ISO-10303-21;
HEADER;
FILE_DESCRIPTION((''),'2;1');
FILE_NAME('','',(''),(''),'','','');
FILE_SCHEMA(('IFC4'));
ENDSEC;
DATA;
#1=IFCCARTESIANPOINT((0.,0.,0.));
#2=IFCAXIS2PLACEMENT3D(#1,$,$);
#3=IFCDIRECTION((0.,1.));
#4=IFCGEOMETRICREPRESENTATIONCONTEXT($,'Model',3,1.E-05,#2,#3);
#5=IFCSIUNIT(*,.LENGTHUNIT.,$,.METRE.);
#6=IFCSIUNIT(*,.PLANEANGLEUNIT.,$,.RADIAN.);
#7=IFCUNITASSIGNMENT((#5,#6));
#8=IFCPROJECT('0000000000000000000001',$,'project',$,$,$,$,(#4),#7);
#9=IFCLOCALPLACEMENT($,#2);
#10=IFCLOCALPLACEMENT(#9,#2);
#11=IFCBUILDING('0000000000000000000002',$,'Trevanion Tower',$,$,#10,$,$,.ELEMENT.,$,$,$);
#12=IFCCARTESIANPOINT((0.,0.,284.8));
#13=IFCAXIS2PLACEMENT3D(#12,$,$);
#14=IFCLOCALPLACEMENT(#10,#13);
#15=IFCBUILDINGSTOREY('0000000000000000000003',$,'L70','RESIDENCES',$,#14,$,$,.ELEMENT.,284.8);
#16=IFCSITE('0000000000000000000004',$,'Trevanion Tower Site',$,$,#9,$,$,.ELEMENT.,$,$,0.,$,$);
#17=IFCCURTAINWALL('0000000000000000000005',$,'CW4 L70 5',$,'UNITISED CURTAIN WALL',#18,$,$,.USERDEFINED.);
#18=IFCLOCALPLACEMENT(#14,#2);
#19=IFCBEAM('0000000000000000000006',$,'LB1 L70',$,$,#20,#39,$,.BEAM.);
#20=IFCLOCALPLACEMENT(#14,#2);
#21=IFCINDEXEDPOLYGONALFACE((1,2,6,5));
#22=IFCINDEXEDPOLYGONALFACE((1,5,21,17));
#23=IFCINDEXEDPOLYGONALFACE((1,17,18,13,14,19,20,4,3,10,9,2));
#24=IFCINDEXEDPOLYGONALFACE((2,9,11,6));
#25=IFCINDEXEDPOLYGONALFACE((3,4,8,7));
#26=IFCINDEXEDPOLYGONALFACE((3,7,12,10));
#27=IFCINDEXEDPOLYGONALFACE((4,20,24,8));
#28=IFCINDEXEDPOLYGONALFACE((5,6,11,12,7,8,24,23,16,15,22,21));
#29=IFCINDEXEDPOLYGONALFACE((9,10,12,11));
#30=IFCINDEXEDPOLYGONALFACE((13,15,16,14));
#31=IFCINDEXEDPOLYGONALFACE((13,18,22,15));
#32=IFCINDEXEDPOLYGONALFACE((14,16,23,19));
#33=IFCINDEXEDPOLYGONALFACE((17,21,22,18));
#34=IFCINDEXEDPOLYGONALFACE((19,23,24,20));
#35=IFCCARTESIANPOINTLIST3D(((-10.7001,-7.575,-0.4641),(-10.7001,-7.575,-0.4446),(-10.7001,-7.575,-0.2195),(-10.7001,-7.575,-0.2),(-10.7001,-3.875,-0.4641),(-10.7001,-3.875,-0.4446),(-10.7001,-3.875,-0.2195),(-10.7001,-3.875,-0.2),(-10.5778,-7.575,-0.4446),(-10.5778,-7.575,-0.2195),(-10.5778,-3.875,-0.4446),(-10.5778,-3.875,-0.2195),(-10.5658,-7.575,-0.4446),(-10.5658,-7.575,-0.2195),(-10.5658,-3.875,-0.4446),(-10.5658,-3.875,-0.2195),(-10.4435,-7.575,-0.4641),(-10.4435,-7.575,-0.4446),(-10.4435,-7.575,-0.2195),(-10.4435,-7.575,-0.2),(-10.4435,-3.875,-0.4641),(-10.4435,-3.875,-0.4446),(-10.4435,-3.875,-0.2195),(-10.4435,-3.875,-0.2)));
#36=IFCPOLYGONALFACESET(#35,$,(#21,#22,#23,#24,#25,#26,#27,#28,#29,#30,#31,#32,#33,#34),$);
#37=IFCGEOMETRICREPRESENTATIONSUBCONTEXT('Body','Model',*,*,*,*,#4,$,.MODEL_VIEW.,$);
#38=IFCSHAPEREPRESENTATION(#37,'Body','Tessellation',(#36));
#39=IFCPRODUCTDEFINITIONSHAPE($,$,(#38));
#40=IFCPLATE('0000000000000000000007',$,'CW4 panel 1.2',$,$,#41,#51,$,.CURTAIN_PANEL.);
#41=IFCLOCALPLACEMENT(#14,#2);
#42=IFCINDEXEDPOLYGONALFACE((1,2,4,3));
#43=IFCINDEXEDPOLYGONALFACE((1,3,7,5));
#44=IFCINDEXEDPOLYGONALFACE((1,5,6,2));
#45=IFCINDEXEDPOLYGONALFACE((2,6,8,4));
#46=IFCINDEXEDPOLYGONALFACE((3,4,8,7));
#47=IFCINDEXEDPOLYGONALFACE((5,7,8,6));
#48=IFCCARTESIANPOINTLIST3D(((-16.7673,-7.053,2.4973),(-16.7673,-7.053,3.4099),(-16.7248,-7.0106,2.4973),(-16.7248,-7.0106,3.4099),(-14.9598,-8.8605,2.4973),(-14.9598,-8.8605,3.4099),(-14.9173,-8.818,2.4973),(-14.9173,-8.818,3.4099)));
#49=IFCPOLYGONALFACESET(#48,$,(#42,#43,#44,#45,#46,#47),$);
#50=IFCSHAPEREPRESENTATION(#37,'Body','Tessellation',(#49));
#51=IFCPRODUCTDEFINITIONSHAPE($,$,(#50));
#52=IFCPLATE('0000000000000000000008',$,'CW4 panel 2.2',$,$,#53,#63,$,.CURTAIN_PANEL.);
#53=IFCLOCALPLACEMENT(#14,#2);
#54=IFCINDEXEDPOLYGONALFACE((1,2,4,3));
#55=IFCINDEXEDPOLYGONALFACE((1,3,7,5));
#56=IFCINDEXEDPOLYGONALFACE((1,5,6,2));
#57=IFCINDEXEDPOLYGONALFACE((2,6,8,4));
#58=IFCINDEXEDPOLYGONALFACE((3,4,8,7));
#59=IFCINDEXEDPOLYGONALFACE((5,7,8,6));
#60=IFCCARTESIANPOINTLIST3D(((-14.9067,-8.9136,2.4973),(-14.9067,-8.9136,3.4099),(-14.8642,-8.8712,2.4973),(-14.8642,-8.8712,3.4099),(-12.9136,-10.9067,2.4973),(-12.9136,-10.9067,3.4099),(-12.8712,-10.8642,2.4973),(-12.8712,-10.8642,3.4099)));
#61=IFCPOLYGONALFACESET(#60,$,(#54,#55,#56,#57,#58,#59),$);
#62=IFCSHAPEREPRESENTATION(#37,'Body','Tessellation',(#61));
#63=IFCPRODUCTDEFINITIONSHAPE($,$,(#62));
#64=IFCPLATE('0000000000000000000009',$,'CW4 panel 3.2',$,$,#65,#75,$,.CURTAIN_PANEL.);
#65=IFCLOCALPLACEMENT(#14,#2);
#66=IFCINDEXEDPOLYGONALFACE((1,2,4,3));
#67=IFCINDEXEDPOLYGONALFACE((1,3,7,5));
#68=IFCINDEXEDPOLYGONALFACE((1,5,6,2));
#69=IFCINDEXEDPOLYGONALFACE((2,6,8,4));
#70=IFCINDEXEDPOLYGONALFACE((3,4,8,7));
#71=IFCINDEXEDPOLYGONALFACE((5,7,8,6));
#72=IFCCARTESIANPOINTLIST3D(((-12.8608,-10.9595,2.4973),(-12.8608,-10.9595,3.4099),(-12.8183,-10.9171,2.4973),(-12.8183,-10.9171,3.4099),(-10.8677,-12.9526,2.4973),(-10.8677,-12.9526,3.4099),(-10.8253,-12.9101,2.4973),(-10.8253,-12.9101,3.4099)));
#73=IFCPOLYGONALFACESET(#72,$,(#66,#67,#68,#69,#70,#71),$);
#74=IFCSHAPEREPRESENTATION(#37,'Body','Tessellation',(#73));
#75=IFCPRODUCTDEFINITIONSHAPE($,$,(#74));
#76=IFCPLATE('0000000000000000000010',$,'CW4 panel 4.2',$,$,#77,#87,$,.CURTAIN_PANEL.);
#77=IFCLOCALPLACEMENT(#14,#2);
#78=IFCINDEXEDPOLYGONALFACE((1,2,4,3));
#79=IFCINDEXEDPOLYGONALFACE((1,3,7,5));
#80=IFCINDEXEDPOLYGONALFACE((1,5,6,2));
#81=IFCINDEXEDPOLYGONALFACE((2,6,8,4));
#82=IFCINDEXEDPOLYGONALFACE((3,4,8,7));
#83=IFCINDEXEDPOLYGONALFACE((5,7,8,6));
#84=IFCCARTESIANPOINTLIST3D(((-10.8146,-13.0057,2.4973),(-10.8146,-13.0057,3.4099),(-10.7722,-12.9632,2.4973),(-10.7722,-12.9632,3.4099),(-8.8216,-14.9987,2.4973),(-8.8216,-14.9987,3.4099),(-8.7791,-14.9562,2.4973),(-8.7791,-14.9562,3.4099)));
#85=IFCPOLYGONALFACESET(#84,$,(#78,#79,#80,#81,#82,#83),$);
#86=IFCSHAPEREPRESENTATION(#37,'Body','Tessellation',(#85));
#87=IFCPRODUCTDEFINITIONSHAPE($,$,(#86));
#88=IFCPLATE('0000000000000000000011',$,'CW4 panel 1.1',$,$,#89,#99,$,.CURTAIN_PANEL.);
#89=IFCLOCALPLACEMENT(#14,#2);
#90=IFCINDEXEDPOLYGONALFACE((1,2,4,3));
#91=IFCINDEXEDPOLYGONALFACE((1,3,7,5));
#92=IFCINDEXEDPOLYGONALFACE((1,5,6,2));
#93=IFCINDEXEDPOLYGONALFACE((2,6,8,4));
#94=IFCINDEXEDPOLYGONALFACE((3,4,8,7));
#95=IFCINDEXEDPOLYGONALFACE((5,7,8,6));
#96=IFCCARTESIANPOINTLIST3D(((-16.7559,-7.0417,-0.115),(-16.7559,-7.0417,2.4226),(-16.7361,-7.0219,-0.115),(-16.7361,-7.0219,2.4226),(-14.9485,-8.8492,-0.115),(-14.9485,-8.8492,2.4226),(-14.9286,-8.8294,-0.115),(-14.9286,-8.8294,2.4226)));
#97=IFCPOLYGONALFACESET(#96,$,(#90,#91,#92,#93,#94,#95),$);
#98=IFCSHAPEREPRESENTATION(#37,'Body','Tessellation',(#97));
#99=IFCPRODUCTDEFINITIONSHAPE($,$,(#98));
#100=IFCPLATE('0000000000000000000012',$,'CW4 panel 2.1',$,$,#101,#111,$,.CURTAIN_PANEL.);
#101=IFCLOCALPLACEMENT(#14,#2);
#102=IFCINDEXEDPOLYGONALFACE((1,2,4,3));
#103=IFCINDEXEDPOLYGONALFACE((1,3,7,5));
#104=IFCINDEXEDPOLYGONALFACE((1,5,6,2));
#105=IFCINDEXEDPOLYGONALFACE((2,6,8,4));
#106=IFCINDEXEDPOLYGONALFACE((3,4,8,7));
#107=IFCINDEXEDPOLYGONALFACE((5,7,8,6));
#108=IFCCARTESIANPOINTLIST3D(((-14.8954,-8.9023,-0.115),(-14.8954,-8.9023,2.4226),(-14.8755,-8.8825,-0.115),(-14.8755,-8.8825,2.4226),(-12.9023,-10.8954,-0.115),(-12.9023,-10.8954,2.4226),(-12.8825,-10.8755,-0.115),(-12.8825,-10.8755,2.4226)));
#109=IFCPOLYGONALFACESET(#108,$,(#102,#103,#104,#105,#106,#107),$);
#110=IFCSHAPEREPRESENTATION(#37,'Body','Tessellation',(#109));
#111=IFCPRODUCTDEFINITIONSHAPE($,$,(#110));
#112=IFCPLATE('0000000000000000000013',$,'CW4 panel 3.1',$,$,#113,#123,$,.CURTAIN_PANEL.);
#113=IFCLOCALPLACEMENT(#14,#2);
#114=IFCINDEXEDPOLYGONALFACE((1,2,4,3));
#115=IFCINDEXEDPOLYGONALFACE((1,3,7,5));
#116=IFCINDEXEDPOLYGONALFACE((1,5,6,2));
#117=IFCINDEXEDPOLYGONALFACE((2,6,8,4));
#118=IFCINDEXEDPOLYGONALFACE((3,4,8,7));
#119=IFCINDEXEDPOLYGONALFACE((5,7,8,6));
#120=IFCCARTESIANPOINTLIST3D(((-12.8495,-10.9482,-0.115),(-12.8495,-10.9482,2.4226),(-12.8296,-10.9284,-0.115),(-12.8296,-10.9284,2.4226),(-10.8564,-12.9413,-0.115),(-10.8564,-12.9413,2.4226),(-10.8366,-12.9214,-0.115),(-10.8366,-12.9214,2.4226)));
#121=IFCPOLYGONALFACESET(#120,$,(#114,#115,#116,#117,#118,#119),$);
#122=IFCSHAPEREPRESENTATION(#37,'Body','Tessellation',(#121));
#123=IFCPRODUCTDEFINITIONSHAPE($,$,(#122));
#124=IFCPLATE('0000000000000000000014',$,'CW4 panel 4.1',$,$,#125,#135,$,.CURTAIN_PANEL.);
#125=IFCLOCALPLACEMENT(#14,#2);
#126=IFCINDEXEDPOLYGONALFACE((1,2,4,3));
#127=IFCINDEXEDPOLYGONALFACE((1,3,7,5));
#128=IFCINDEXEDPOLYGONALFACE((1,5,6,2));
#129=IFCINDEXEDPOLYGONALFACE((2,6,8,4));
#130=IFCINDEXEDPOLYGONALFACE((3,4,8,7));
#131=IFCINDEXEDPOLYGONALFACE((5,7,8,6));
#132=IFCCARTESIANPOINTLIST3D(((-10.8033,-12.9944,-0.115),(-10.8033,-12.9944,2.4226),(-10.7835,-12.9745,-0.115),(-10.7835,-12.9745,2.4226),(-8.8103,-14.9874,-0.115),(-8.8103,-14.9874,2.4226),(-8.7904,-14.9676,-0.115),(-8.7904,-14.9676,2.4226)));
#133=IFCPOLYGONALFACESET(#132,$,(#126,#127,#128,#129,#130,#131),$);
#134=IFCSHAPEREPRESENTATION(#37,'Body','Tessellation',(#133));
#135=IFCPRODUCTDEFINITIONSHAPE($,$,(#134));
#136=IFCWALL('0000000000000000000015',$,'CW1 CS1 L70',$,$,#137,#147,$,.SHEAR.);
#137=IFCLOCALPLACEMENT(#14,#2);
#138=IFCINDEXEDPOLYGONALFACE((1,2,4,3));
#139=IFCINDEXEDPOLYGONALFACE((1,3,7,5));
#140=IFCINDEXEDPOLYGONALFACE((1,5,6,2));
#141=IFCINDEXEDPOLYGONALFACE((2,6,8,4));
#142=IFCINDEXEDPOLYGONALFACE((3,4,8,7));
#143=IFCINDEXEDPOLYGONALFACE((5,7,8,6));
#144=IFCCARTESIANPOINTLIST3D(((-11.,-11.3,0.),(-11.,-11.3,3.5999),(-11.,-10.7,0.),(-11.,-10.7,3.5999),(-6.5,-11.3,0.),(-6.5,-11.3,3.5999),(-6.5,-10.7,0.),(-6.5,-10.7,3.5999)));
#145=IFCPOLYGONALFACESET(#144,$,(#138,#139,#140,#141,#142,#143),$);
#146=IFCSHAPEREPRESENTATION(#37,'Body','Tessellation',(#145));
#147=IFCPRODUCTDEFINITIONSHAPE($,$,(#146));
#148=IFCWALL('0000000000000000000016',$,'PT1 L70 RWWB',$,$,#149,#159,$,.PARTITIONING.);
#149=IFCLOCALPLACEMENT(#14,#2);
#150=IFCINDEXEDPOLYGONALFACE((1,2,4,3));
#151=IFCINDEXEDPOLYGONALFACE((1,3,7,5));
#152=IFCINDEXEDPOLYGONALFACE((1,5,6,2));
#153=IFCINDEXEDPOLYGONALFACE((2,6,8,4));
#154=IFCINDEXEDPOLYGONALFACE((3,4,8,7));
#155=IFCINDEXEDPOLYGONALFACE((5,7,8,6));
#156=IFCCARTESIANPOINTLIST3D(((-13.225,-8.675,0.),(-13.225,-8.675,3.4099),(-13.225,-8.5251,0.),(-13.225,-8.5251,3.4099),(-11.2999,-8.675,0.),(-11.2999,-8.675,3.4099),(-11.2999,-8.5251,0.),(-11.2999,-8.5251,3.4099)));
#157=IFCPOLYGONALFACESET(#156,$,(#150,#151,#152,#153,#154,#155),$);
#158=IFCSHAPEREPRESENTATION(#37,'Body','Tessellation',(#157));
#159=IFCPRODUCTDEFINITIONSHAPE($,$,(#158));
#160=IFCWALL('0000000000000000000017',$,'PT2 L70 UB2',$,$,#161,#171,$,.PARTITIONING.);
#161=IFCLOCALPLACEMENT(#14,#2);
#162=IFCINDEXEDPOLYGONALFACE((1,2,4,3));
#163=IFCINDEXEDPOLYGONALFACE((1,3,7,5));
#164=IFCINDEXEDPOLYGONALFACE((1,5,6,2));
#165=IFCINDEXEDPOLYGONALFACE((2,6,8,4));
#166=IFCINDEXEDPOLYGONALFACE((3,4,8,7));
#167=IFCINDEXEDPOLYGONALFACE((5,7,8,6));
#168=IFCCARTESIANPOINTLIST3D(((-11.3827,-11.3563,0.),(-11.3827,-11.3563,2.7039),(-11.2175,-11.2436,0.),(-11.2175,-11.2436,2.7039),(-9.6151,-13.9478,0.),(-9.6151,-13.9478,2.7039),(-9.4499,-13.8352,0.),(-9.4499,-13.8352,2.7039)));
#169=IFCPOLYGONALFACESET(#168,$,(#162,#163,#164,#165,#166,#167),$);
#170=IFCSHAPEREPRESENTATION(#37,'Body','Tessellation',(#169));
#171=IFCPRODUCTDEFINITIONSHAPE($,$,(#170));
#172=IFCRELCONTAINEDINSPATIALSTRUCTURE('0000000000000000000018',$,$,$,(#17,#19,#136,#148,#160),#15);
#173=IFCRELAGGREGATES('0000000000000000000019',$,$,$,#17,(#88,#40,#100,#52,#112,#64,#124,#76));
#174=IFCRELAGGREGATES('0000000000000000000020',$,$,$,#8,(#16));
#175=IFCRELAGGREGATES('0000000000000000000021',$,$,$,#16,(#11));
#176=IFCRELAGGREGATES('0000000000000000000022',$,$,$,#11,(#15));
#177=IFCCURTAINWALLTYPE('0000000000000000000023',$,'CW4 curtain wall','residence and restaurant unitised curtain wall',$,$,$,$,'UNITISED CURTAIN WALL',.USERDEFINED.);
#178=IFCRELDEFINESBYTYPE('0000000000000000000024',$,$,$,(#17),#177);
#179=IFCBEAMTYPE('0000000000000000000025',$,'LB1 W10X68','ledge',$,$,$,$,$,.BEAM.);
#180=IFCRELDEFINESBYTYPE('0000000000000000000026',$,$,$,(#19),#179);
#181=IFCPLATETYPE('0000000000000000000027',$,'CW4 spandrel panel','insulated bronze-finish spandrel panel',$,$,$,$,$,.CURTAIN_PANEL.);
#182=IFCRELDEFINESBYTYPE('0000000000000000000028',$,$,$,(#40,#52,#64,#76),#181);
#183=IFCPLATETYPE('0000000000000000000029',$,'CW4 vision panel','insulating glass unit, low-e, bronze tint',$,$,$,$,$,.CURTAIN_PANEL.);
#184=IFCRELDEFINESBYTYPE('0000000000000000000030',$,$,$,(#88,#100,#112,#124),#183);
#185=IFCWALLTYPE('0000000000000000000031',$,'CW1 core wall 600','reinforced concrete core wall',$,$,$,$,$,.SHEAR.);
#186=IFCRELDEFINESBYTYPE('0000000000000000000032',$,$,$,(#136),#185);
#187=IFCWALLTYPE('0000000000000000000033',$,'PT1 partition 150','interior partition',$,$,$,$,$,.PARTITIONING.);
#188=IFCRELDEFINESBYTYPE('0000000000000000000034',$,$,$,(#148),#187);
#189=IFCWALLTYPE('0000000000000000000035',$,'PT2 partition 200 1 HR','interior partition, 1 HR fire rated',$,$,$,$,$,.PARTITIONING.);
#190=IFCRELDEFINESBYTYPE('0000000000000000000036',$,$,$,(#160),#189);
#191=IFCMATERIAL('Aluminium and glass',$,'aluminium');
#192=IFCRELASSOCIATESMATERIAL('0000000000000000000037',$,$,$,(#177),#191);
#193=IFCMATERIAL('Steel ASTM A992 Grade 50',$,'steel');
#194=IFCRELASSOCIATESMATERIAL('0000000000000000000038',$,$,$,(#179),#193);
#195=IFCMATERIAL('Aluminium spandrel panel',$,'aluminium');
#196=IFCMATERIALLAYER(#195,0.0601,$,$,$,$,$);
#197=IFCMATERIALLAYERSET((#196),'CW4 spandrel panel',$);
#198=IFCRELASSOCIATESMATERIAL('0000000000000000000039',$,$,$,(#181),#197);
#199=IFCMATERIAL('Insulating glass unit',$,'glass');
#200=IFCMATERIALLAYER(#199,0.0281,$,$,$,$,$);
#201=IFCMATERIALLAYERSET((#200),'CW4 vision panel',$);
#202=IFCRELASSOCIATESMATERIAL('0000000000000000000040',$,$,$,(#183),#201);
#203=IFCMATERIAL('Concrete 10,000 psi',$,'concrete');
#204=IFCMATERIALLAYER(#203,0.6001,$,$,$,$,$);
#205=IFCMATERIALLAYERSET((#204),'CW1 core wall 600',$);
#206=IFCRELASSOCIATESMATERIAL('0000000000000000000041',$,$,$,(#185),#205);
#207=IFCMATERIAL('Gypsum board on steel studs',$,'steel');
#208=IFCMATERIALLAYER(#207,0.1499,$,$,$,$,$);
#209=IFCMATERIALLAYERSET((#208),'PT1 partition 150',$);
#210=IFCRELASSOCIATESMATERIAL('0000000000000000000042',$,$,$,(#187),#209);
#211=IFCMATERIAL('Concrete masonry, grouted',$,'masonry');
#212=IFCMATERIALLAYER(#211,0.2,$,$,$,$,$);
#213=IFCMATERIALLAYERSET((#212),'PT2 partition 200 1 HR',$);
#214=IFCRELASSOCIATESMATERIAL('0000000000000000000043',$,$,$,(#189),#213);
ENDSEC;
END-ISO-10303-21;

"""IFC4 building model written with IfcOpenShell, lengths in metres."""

from ifc_helpers import new_model, si_unit, direction, frame, frame_2d, origin, origin_2d, place, context, subcontext, project, spatial, rectangle, i_section, extrude, material, layer, layer_set, material_profile, profile_set, type_object, element, aggregate, save


model = new_model("IFC4")

# Units and contexts
model_context = context("Model", 3, precision=1e-05, world=origin(), true_north=direction((0.0, 1.0)))
body_context = subcontext(model_context, "Body", "Model", "MODEL_VIEW")
ifc_project = project(units=[si_unit("LENGTHUNIT", "METRE"), si_unit("PLANEANGLEUNIT", "RADIAN")], contexts=[model_context])

# Site, building, storey
site_placement = place(None, origin())
site = spatial("IfcSite", under=ifc_project, at=site_placement, Name="Trevanion Tower Site", CompositionType="ELEMENT", RefElevation=0.0)
building_placement = place(site_placement, origin())
building = spatial("IfcBuilding", under=site, at=building_placement, Name="Trevanion Tower", CompositionType="ELEMENT")
storey_placement = place(building_placement, frame((0.0, 0.0, 284.8)))
storey = spatial("IfcBuildingStorey", under=building, at=storey_placement, Name="L70", Description="RESIDENCES", CompositionType="ELEMENT", Elevation=284.8)

# Curtain wall
ifc_material_1 = material(Name="Aluminium and glass", Category="aluminium")
curtain_wall_type = type_object("IfcCurtainWallType", Name="CW4 curtain wall", Description="residence and restaurant unitised curtain wall", ElementType="UNITISED CURTAIN WALL", PredefinedType="USERDEFINED", material=ifc_material_1)
curtain_wall_placement = place(storey_placement, origin())
curtain_wall = element("IfcCurtainWall", 1, at=curtain_wall_placement, inside=storey, type_object=curtain_wall_type, Name="CW4 L70 5", ObjectType="UNITISED CURTAIN WALL", PredefinedType="USERDEFINED")

# Beam
ifc_material_2 = material(Name="Steel ASTM A992 Grade 50", Category="steel")
ifc_material_profile_1 = material_profile(ifc_material_2, i_section(OverallWidth=0.2566, OverallDepth=0.2642, WebThickness=0.012, FlangeThickness=0.0195, at=origin_2d()), Name="W10X68")
ifc_profile_set_1 = profile_set([ifc_material_profile_1], Name="Steel ASTM A992 Grade 50")
beam_type = type_object("IfcBeamType", Name="LB1 W10X68", Description="ledge", PredefinedType="BEAM", material=ifc_profile_set_1)
beam_placement = place(storey_placement, frame((-10.5718, -7.575, -0.332), z_axis=(0.0, 1.0, 0.0), x_axis=(-1.0, 0.0, 0.0)))
element("IfcBeam", 2, at=beam_placement, inside=storey, type_object=beam_type, Name="LB1 L70", PredefinedType="BEAM", context=body_context, shape_type="SweptSolid", body=[
    extrude(i_section(OverallWidth=0.2566, OverallDepth=0.2642, WebThickness=0.012, FlangeThickness=0.0195, at=origin_2d()), origin(), (0.0, 0.0, 1.0), 3.7),
])

# Plates
ifc_material_3 = material(Name="Aluminium spandrel panel", Category="aluminium")
ifc_layer_1 = layer(ifc_material_3, 0.0601)
ifc_layer_set_1 = layer_set([ifc_layer_1], Name="CW4 spandrel panel")
plate_type_1 = type_object("IfcPlateType", Name="CW4 spandrel panel", Description="insulated bronze-finish spandrel panel", PredefinedType="CURTAIN_PANEL", material=ifc_layer_set_1)
plate_1_placement = place(storey_placement, frame((-15.8423, -7.9355, 2.4973), z_axis=(0.0, 0.0, 1.0), x_axis=(0.707107, -0.707107, 0.0)))
plate_1 = element("IfcPlate", 3, at=plate_1_placement, type_object=plate_type_1, Name="CW4 panel 1.2", PredefinedType="CURTAIN_PANEL", context=body_context, shape_type="SweptSolid", body=[
    extrude(rectangle(XDim=2.5562, YDim=0.0601, at=origin_2d()), origin(), (0.0, 0.0, 1.0), 0.9126),
])
plate_2_placement = place(storey_placement, frame((-13.8889, -9.8889, 2.4973), z_axis=(0.0, 0.0, 1.0), x_axis=(0.707107, -0.707107, 0.0)))
plate_2 = element("IfcPlate", 4, at=plate_2_placement, type_object=plate_type_1, Name="CW4 panel 2.2", PredefinedType="CURTAIN_PANEL", context=body_context, shape_type="SweptSolid", body=[
    extrude(rectangle(XDim=2.8186, YDim=0.0601, at=origin_2d()), origin(), (0.0, 0.0, 1.0), 0.9126),
])
plate_3_placement = place(storey_placement, frame((-11.843, -11.9348, 2.4973), z_axis=(0.0, 0.0, 1.0), x_axis=(0.707107, -0.707107, 0.0)))
plate_3 = element("IfcPlate", 5, at=plate_3_placement, type_object=plate_type_1, Name="CW4 panel 3.2", PredefinedType="CURTAIN_PANEL", context=body_context, shape_type="SweptSolid", body=[
    extrude(rectangle(XDim=2.8186, YDim=0.0601, at=origin_2d()), origin(), (0.0, 0.0, 1.0), 0.9126),
])
plate_4_placement = place(storey_placement, frame((-9.7969, -13.981, 2.4973), z_axis=(0.0, 0.0, 1.0), x_axis=(0.707107, -0.707107, 0.0)))
plate_4 = element("IfcPlate", 6, at=plate_4_placement, type_object=plate_type_1, Name="CW4 panel 4.2", PredefinedType="CURTAIN_PANEL", context=body_context, shape_type="SweptSolid", body=[
    extrude(rectangle(XDim=2.8186, YDim=0.0601, at=origin_2d()), origin(), (0.0, 0.0, 1.0), 0.9126),
])
ifc_material_4 = material(Name="Insulating glass unit", Category="glass")
ifc_layer_2 = layer(ifc_material_4, 0.0281)
ifc_layer_set_2 = layer_set([ifc_layer_2], Name="CW4 vision panel")
plate_type_2 = type_object("IfcPlateType", Name="CW4 vision panel", Description="insulating glass unit, low-e, bronze tint", PredefinedType="CURTAIN_PANEL", material=ifc_layer_set_2)
plate_5_placement = place(storey_placement, frame((-15.8423, -7.9355, -0.115), z_axis=(0.0, 0.0, 1.0), x_axis=(0.707107, -0.707107, 0.0)))
plate_5 = element("IfcPlate", 7, at=plate_5_placement, type_object=plate_type_2, Name="CW4 panel 1.1", PredefinedType="CURTAIN_PANEL", context=body_context, shape_type="SweptSolid", body=[
    extrude(rectangle(XDim=2.5562, YDim=0.0281, at=origin_2d()), origin(), (0.0, 0.0, 1.0), 2.5376),
])
plate_6_placement = place(storey_placement, frame((-13.8889, -9.8889, -0.115), z_axis=(0.0, 0.0, 1.0), x_axis=(0.707107, -0.707107, 0.0)))
plate_6 = element("IfcPlate", 8, at=plate_6_placement, type_object=plate_type_2, Name="CW4 panel 2.1", PredefinedType="CURTAIN_PANEL", context=body_context, shape_type="SweptSolid", body=[
    extrude(rectangle(XDim=2.8186, YDim=0.0281, at=origin_2d()), origin(), (0.0, 0.0, 1.0), 2.5376),
])
plate_7_placement = place(storey_placement, frame((-11.843, -11.9348, -0.115), z_axis=(0.0, 0.0, 1.0), x_axis=(0.707107, -0.707107, 0.0)))
plate_7 = element("IfcPlate", 9, at=plate_7_placement, type_object=plate_type_2, Name="CW4 panel 3.1", PredefinedType="CURTAIN_PANEL", context=body_context, shape_type="SweptSolid", body=[
    extrude(rectangle(XDim=2.8186, YDim=0.0281, at=origin_2d()), origin(), (0.0, 0.0, 1.0), 2.5376),
])
plate_8_placement = place(storey_placement, frame((-9.7969, -13.981, -0.115), z_axis=(0.0, 0.0, 1.0), x_axis=(0.707107, -0.707107, 0.0)))
plate_8 = element("IfcPlate", 10, at=plate_8_placement, type_object=plate_type_2, Name="CW4 panel 4.1", PredefinedType="CURTAIN_PANEL", context=body_context, shape_type="SweptSolid", body=[
    extrude(rectangle(XDim=2.8186, YDim=0.0281, at=origin_2d()), origin(), (0.0, 0.0, 1.0), 2.5376),
])
aggregate(curtain_wall, [plate_5, plate_1, plate_6, plate_2, plate_7, plate_3, plate_8, plate_4])

# Walls
ifc_material_5 = material(Name="Concrete 10,000 psi", Category="concrete")
ifc_layer_3 = layer(ifc_material_5, 0.6001)
ifc_layer_set_3 = layer_set([ifc_layer_3], Name="CW1 core wall 600")
wall_type_1 = type_object("IfcWallType", Name="CW1 core wall 600", Description="reinforced concrete core wall", PredefinedType="SHEAR", material=ifc_layer_set_3)
wall_1_placement = place(storey_placement, frame((-11.0, -11.0, 0.0), z_axis=(0.0, 0.0, 1.0), x_axis=(1.0, 0.0, 0.0)))
element("IfcWall", 11, at=wall_1_placement, inside=storey, type_object=wall_type_1, Name="CW1 CS1 L70", PredefinedType="SHEAR", context=body_context, shape_type="SweptSolid", body=[
    extrude(rectangle(XDim=4.5, YDim=0.6001, at=frame_2d((2.25, 0.0))), origin(), (0.0, 0.0, 1.0), 3.5999),
])
ifc_material_6 = material(Name="Gypsum board on steel studs", Category="steel")
ifc_layer_4 = layer(ifc_material_6, 0.1499)
ifc_layer_set_4 = layer_set([ifc_layer_4], Name="PT1 partition 150")
wall_type_2 = type_object("IfcWallType", Name="PT1 partition 150", Description="interior partition", PredefinedType="PARTITIONING", material=ifc_layer_set_4)
wall_2_placement = place(storey_placement, frame((-11.3, -8.6001, 0.0), z_axis=(0.0, 0.0, 1.0), x_axis=(-1.0, 0.0, 0.0)))
element("IfcWall", 12, at=wall_2_placement, inside=storey, type_object=wall_type_2, Name="PT1 L70 RWWB", PredefinedType="PARTITIONING", context=body_context, shape_type="SweptSolid", body=[
    extrude(rectangle(XDim=1.925, YDim=0.1499, at=frame_2d((0.9624, 0.0))), origin(), (0.0, 0.0, 1.0), 3.4099),
])
ifc_material_7 = material(Name="Concrete masonry, grouted", Category="masonry")
ifc_layer_5 = layer(ifc_material_7, 0.2)
ifc_layer_set_5 = layer_set([ifc_layer_5], Name="PT2 partition 200 1 HR")
wall_type_3 = type_object("IfcWallType", Name="PT2 partition 200 1 HR", Description="interior partition, 1 HR fire rated", PredefinedType="PARTITIONING", material=ifc_layer_set_5)
wall_3_placement = place(storey_placement, frame((-11.3, -11.3, 0.0), z_axis=(0.0, 0.0, 1.0), x_axis=(0.56347, -0.826137, 0.0)))
element("IfcWall", 13, at=wall_3_placement, inside=storey, type_object=wall_type_3, Name="PT2 L70 UB2", PredefinedType="PARTITIONING", context=body_context, shape_type="SweptSolid", body=[
    extrude(rectangle(XDim=3.137, YDim=0.2, at=frame_2d((1.5684, 0.0))), origin(), (0.0, 0.0, 1.0), 2.7039),
])

save(model, "model.ifc")
